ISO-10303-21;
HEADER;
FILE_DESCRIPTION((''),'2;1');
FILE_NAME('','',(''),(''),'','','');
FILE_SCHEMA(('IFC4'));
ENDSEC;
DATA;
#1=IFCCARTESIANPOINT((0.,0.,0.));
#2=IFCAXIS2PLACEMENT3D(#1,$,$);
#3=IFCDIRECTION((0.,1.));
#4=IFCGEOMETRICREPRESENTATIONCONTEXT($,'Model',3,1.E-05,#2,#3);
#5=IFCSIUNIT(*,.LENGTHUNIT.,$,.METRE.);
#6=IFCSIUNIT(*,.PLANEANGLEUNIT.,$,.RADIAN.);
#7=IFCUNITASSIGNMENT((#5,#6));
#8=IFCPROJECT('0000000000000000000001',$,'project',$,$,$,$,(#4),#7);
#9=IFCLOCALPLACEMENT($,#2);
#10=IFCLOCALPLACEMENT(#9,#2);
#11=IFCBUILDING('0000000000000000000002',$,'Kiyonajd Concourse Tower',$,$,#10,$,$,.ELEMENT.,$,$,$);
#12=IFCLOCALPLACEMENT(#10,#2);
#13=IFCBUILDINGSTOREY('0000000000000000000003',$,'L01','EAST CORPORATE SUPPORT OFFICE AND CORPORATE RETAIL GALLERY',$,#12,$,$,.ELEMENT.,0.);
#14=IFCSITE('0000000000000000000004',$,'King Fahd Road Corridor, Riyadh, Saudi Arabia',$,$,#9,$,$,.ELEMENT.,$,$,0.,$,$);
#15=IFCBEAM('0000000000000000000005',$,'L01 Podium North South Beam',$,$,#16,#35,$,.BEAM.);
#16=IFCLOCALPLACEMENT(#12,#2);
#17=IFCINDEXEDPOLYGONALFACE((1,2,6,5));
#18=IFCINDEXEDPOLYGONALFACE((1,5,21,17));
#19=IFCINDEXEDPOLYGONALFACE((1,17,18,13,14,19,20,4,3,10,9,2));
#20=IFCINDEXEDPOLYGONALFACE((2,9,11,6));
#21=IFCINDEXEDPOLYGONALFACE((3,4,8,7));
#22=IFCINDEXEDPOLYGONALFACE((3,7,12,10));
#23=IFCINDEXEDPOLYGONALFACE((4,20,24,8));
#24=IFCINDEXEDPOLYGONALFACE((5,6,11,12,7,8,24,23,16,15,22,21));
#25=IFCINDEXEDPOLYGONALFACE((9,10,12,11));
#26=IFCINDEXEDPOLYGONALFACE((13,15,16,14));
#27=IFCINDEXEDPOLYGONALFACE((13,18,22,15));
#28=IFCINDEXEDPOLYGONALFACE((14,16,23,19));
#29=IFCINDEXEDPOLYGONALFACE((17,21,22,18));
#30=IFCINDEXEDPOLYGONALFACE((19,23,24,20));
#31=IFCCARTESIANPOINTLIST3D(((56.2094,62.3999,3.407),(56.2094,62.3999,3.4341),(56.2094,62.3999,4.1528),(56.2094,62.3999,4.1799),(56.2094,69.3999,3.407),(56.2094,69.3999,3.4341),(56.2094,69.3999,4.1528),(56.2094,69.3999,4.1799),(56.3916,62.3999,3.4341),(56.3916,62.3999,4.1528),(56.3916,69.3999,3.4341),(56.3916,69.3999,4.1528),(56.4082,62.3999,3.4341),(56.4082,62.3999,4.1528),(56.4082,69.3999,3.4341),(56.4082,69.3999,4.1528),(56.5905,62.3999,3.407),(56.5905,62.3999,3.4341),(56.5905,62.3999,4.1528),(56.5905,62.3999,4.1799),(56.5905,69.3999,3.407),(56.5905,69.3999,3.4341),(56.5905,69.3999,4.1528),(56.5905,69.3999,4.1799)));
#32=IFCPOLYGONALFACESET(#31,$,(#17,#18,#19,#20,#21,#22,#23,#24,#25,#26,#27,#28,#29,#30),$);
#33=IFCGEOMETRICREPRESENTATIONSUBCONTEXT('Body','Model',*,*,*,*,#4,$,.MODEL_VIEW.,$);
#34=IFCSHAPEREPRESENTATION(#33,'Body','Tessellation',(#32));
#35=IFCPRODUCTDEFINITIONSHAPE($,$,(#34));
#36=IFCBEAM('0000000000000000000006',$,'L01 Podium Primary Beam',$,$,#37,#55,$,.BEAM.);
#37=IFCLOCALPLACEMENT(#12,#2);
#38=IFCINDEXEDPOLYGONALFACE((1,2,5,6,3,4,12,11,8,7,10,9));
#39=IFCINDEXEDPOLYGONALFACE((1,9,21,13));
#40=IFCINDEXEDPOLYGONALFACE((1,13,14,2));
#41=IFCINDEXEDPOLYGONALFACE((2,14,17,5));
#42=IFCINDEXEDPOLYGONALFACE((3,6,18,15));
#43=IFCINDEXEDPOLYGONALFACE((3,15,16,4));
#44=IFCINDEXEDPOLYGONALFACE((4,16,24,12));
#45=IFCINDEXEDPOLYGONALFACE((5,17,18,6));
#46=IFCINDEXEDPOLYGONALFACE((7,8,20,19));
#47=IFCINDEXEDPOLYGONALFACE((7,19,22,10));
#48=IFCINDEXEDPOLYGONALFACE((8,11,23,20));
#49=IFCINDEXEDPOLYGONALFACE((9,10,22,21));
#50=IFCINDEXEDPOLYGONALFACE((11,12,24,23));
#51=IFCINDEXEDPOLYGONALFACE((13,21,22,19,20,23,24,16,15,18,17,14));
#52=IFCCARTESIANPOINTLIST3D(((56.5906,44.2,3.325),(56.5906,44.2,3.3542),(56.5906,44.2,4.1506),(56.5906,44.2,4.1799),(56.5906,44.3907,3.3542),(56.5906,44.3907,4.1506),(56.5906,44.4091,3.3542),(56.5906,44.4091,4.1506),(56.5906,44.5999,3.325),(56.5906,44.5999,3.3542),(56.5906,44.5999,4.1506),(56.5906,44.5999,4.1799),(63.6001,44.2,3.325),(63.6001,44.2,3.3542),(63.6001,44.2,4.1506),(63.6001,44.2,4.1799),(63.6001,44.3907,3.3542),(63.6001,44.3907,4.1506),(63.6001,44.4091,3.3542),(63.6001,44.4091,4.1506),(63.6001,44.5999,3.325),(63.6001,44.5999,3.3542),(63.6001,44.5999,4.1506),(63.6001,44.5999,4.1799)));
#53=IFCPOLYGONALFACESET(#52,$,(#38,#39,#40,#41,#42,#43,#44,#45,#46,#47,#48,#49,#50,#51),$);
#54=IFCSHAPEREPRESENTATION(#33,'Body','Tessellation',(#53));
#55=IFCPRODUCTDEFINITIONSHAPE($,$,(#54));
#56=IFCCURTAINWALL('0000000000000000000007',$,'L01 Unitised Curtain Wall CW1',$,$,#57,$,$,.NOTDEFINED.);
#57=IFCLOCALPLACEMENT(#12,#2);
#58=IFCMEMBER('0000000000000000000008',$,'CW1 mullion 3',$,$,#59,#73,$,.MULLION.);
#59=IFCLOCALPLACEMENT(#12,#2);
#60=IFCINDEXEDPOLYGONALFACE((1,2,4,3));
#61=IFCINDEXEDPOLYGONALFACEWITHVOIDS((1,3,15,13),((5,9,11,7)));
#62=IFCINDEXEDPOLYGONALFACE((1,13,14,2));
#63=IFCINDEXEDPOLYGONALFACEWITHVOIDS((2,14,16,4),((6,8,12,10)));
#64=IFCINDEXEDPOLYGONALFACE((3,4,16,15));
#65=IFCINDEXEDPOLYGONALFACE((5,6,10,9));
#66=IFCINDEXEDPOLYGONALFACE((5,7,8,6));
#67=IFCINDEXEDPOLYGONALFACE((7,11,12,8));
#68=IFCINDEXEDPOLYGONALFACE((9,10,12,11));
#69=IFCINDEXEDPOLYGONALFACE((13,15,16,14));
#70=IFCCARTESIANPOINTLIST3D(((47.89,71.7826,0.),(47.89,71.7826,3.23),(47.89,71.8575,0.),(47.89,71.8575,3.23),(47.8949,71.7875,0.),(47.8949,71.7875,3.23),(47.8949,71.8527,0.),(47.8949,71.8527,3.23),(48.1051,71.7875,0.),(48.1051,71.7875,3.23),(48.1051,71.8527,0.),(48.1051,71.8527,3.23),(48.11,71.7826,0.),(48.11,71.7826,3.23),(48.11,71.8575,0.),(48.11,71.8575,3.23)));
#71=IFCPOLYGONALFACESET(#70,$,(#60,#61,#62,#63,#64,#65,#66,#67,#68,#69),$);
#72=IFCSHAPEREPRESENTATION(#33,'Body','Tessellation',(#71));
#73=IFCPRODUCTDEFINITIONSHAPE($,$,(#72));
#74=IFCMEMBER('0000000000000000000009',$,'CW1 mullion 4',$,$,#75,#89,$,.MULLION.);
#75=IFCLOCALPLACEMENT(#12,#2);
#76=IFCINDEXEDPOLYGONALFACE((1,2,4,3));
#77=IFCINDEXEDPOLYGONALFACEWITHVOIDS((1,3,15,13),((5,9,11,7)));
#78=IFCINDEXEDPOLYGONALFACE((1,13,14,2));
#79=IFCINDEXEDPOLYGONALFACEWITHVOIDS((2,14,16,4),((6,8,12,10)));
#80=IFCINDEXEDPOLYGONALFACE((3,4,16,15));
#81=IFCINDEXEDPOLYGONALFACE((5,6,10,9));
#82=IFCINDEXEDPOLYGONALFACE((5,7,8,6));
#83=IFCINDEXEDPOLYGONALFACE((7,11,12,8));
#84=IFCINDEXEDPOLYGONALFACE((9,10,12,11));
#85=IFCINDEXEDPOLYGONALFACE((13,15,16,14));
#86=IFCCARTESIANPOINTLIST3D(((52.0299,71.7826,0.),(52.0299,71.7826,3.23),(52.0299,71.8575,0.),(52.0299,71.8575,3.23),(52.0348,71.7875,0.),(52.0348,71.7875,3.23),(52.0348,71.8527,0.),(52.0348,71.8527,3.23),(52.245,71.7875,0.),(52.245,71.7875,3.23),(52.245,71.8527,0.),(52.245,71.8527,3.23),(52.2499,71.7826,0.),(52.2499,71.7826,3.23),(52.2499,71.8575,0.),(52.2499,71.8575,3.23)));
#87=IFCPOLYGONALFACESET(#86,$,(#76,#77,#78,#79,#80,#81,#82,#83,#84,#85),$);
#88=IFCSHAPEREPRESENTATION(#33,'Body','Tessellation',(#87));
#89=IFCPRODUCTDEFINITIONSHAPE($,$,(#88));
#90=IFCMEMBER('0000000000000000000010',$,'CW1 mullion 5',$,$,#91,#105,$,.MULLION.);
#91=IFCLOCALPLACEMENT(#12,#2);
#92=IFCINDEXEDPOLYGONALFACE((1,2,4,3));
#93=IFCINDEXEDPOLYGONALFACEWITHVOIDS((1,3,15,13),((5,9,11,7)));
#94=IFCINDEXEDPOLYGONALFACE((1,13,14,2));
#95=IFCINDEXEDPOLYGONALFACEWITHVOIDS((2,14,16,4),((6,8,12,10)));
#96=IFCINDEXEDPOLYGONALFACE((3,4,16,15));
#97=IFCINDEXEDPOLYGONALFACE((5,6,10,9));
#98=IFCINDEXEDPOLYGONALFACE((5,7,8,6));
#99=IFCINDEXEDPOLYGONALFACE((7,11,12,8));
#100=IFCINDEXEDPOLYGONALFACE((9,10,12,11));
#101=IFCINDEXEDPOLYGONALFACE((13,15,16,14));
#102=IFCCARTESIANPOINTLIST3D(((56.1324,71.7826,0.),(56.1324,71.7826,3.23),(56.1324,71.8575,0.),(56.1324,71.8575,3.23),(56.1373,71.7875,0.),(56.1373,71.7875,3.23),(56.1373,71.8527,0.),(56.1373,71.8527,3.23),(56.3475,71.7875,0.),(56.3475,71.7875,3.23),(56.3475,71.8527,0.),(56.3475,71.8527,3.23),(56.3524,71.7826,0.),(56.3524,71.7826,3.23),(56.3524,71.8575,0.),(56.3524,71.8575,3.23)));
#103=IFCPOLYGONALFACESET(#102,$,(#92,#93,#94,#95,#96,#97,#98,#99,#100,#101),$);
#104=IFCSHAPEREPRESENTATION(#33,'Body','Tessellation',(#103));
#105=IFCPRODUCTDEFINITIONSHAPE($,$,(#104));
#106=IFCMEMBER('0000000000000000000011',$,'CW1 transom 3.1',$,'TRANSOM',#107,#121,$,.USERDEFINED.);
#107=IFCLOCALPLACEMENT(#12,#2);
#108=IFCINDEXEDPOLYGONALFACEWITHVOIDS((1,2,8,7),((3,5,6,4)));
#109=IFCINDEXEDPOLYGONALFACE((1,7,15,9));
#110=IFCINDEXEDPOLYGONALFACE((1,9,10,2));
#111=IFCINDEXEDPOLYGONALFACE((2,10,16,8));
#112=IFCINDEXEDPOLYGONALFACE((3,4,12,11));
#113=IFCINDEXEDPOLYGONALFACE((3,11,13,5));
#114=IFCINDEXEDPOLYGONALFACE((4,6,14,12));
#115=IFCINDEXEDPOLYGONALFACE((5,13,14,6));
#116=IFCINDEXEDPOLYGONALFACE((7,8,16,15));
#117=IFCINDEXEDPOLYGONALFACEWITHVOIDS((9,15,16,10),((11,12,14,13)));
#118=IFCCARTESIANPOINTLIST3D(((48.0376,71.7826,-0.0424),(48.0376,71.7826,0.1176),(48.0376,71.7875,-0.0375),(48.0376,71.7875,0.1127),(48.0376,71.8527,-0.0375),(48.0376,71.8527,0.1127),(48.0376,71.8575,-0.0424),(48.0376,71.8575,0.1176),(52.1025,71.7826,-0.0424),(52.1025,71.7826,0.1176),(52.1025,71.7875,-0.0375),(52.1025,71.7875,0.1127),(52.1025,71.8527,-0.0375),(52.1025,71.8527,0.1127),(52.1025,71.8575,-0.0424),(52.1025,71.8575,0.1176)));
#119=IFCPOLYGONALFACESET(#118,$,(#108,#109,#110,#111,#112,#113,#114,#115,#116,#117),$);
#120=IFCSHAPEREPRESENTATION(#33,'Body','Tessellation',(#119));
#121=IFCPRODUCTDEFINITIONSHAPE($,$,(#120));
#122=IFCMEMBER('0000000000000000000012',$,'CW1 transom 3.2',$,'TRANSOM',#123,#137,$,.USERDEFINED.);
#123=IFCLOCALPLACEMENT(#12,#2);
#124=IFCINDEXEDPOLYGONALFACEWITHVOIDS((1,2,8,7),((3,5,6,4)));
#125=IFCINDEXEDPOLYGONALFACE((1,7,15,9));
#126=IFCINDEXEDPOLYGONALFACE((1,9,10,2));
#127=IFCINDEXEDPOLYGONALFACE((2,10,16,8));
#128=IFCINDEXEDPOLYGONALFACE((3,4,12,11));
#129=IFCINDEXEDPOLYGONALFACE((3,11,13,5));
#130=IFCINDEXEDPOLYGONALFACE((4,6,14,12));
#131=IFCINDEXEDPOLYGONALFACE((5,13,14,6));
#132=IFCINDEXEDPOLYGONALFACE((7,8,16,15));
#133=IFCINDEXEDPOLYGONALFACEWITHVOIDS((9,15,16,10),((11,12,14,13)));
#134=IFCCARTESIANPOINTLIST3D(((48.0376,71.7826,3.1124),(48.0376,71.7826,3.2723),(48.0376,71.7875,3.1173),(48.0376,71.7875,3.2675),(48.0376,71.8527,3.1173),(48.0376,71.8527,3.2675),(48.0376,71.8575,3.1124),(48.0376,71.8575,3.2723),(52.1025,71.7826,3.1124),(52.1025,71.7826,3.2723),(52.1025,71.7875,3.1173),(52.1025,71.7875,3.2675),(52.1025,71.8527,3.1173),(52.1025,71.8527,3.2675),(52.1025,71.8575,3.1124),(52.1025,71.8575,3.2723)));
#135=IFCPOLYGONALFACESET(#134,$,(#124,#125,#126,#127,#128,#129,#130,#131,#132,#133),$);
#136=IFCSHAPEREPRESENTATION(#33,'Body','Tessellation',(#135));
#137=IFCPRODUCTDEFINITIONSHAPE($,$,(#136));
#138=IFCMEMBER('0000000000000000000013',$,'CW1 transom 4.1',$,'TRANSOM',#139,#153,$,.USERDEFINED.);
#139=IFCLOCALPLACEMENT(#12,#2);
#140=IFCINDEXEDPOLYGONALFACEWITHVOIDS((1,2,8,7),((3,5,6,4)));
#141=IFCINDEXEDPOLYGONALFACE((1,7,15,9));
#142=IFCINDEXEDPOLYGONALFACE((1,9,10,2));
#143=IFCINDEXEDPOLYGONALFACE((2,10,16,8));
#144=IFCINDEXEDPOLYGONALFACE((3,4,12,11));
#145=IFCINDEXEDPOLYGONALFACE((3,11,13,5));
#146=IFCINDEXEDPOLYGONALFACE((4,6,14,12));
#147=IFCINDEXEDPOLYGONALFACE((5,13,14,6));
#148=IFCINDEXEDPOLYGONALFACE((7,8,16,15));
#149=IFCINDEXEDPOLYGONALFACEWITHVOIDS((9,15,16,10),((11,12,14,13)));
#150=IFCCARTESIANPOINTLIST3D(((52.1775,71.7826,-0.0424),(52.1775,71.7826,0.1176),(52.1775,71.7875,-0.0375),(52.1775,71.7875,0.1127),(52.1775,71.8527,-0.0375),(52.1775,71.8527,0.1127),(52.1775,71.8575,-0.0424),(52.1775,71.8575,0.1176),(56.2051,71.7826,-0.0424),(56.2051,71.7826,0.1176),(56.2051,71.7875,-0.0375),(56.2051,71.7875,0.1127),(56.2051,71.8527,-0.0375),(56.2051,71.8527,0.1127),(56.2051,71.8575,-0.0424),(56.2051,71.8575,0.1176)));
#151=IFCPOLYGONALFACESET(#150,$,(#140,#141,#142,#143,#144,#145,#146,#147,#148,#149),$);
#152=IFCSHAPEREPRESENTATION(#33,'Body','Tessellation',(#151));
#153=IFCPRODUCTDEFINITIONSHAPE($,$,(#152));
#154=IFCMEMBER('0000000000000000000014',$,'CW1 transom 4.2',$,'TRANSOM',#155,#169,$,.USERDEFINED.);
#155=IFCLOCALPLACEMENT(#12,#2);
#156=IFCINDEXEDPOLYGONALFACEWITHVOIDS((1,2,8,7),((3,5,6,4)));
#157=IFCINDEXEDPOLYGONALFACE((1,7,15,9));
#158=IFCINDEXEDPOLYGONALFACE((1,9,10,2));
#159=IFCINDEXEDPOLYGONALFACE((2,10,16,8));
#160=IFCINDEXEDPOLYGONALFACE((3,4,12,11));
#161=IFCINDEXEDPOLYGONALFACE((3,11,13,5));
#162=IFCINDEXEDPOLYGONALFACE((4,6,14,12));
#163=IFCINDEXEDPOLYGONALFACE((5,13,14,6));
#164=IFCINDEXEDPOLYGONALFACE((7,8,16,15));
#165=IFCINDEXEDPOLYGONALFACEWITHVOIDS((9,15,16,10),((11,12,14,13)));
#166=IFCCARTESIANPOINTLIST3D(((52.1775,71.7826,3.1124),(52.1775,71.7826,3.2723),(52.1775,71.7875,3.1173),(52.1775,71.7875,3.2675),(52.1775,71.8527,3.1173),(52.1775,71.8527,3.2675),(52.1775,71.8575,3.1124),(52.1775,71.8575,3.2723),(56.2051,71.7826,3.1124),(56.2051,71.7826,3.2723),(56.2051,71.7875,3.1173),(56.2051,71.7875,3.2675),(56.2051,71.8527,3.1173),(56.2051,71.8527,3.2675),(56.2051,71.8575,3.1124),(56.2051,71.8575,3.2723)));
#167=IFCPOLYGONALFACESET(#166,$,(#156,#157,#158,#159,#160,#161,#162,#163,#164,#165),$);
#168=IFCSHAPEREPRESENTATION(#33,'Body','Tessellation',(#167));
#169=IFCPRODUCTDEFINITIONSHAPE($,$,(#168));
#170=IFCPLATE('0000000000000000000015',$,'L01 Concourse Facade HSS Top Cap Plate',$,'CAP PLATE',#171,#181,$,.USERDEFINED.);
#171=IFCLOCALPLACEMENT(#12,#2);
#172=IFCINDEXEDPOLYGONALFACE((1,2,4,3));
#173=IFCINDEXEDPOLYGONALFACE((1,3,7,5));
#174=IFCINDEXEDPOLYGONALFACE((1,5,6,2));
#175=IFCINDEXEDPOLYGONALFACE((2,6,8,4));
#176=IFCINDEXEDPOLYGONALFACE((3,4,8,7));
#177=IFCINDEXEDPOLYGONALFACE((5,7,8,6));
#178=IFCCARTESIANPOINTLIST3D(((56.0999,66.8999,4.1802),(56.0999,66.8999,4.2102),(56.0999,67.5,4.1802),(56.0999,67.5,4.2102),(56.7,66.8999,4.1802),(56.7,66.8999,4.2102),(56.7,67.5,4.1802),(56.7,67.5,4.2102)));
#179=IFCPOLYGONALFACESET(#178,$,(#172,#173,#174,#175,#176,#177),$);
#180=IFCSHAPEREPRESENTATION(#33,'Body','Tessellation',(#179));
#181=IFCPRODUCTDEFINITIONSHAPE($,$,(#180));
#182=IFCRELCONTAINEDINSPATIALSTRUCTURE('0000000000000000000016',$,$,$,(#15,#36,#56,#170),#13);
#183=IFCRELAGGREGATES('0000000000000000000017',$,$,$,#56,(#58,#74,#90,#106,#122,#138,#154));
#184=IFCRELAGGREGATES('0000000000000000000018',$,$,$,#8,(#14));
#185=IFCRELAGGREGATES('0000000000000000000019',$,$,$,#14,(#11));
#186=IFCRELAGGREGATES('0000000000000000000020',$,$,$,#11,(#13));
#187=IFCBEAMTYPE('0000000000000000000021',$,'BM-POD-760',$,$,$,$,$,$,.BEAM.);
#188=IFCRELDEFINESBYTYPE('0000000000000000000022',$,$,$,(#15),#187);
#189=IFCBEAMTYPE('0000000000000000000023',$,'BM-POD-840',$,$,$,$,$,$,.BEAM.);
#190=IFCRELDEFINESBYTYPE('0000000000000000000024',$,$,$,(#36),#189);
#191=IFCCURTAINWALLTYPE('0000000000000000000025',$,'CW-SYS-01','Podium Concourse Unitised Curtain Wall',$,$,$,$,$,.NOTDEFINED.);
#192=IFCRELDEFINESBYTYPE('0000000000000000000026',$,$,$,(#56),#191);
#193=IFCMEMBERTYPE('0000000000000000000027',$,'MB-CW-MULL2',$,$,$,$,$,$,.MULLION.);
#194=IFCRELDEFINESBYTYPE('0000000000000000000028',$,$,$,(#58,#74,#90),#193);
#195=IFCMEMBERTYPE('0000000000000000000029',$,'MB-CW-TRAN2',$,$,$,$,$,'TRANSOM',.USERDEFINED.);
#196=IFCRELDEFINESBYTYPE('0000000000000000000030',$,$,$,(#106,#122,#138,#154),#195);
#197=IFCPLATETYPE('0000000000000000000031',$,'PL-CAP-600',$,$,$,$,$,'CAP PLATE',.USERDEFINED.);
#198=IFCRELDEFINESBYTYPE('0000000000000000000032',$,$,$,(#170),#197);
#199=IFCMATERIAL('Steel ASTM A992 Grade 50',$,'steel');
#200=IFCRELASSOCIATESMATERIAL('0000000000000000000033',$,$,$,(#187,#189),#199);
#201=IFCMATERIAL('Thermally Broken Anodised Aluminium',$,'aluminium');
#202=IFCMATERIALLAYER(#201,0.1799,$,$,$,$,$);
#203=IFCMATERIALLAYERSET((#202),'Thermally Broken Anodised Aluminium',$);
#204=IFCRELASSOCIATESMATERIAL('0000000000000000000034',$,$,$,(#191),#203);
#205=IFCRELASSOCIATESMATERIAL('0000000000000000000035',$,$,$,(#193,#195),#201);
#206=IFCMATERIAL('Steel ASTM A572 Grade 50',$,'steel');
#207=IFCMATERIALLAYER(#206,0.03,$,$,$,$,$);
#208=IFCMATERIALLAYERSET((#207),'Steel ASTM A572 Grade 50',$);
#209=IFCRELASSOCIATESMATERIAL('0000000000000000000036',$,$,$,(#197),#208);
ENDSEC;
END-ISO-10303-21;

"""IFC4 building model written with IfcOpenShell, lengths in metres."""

from ifc_helpers import new_model, si_unit, direction, frame, origin, origin_2d, place, context, subcontext, project, spatial, rectangle, hollow_rectangle, i_section, extrude, material, layer, layer_set, material_profile, profile_set, type_object, element, aggregate, save


model = new_model("IFC4")

# Units and contexts
model_context = context("Model", 3, precision=1e-05, world=origin(), true_north=direction((0.0, 1.0)))
body_context = subcontext(model_context, "Body", "Model", "MODEL_VIEW")
ifc_project = project(units=[si_unit("LENGTHUNIT", "METRE"), si_unit("PLANEANGLEUNIT", "RADIAN")], contexts=[model_context])

# Site, building, storey
site_placement = place(None, origin())
site = spatial("IfcSite", under=ifc_project, at=site_placement, Name="King Fahd Road Corridor, Riyadh, Saudi Arabia", CompositionType="ELEMENT", RefElevation=0.0)
building_placement = place(site_placement, origin())
building = spatial("IfcBuilding", under=site, at=building_placement, Name="Kiyonajd Concourse Tower", CompositionType="ELEMENT")
storey_placement = place(building_placement, origin())
storey = spatial("IfcBuildingStorey", under=building, at=storey_placement, Name="L01", Description="EAST CORPORATE SUPPORT OFFICE AND CORPORATE RETAIL GALLERY", CompositionType="ELEMENT", Elevation=0.0)

# Shared definitions
ifc_material_1 = material(Name="Steel ASTM A572 Grade 50", Category="steel")

# Beams
ifc_material_2 = material(Name="Steel ASTM A992 Grade 50", Category="steel")
ifc_material_profile_1 = material_profile(ifc_material_2, i_section(OverallWidth=0.3811, OverallDepth=0.7729, WebThickness=0.0166, FlangeThickness=0.0271, at=origin_2d()), Name="W760X257")
ifc_profile_set_1 = profile_set([ifc_material_profile_1], Name="Steel ASTM A992 Grade 50")
beam_type_1 = type_object("IfcBeamType", Name="BM-POD-760", PredefinedType="BEAM", material=ifc_profile_set_1)
beam_1_placement = place(storey_placement, frame((56.3999, 62.3999, 3.7935), z_axis=(0.0, 1.0, 0.0), x_axis=(-1.0, 0.0, 0.0)))
element("IfcBeam", 1, at=beam_1_placement, inside=storey, type_object=beam_type_1, Name="L01 Podium North South Beam", PredefinedType="BEAM", context=body_context, shape_type="SweptSolid", body=[
    extrude(i_section(OverallWidth=0.3811, OverallDepth=0.7729, WebThickness=0.0166, FlangeThickness=0.0271, at=origin_2d()), origin(), (0.0, 0.0, 1.0), 7.0),
])
ifc_material_profile_2 = material_profile(ifc_material_2, i_section(OverallWidth=0.3999, OverallDepth=0.855, WebThickness=0.0183, FlangeThickness=0.0293, at=origin_2d()), Name="W840X299")
ifc_profile_set_2 = profile_set([ifc_material_profile_2], Name="Steel ASTM A992 Grade 50")
beam_type_2 = type_object("IfcBeamType", Name="BM-POD-840", PredefinedType="BEAM", material=ifc_profile_set_2)
beam_2_placement = place(storey_placement, frame((56.5906, 44.3999, 3.7524), z_axis=(1.0, 0.0, 0.0), x_axis=(0.0, 1.0, 0.0)))
element("IfcBeam", 2, at=beam_2_placement, inside=storey, type_object=beam_type_2, Name="L01 Podium Primary Beam", PredefinedType="BEAM", context=body_context, shape_type="SweptSolid", body=[
    extrude(i_section(OverallWidth=0.3999, OverallDepth=0.855, WebThickness=0.0183, FlangeThickness=0.0293, at=origin_2d()), origin(), (0.0, 0.0, 1.0), 7.0095),
])

# Curtain wall, members
ifc_material_3 = material(Name="Thermally Broken Anodised Aluminium", Category="aluminium")
ifc_layer_1 = layer(ifc_material_3, 0.1799)
ifc_layer_set_1 = layer_set([ifc_layer_1], Name="Thermally Broken Anodised Aluminium")
curtain_wall_type = type_object("IfcCurtainWallType", Name="CW-SYS-01", Description="Podium Concourse Unitised Curtain Wall", PredefinedType="NOTDEFINED", material=ifc_layer_set_1)
curtain_wall_placement = place(storey_placement, origin())
curtain_wall = element("IfcCurtainWall", 3, at=curtain_wall_placement, inside=storey, type_object=curtain_wall_type, Name="L01 Unitised Curtain Wall CW1", PredefinedType="NOTDEFINED")
ifc_material_profile_3 = material_profile(ifc_material_3, hollow_rectangle(XDim=0.075, YDim=0.22, WallThickness=0.0049, at=origin_2d()), Name="MULL-75x220")
ifc_profile_set_3 = profile_set([ifc_material_profile_3], Name="Thermally Broken Anodised Aluminium")
member_type_1 = type_object("IfcMemberType", Name="MB-CW-MULL2", PredefinedType="MULLION", material=ifc_profile_set_3)
member_1_placement = place(storey_placement, frame((48.0, 71.8201, 0.0), z_axis=(0.0, 0.0, 1.0), x_axis=(0.0, 1.0, 0.0)))
member_1 = element("IfcMember", 4, at=member_1_placement, type_object=member_type_1, Name="CW1 mullion 3", PredefinedType="MULLION", context=body_context, shape_type="SweptSolid", body=[
    extrude(hollow_rectangle(XDim=0.075, YDim=0.22, WallThickness=0.0049, at=origin_2d()), origin(), (0.0, 0.0, 1.0), 3.23),
])
member_2_placement = place(storey_placement, frame((52.1399, 71.8201, 0.0), z_axis=(0.0, 0.0, 1.0), x_axis=(0.0, 1.0, 0.0)))
member_2 = element("IfcMember", 5, at=member_2_placement, type_object=member_type_1, Name="CW1 mullion 4", PredefinedType="MULLION", context=body_context, shape_type="SweptSolid", body=[
    extrude(hollow_rectangle(XDim=0.075, YDim=0.22, WallThickness=0.0049, at=origin_2d()), origin(), (0.0, 0.0, 1.0), 3.23),
])
member_3_placement = place(storey_placement, frame((56.2424, 71.8201, 0.0), z_axis=(0.0, 0.0, 1.0), x_axis=(0.0, 1.0, 0.0)))
member_3 = element("IfcMember", 6, at=member_3_placement, type_object=member_type_1, Name="CW1 mullion 5", PredefinedType="MULLION", context=body_context, shape_type="SweptSolid", body=[
    extrude(hollow_rectangle(XDim=0.075, YDim=0.22, WallThickness=0.0049, at=origin_2d()), origin(), (0.0, 0.0, 1.0), 3.23),
])
ifc_material_profile_4 = material_profile(ifc_material_3, hollow_rectangle(XDim=0.075, YDim=0.1599, WallThickness=0.0049, at=origin_2d()), Name="TRAN-75x160")
ifc_profile_set_4 = profile_set([ifc_material_profile_4], Name="Thermally Broken Anodised Aluminium")
member_type_2 = type_object("IfcMemberType", Name="MB-CW-TRAN2", ElementType="TRANSOM", PredefinedType="USERDEFINED", material=ifc_profile_set_4)
member_4_placement = place(storey_placement, frame((48.0376, 71.8201, 0.0376), z_axis=(1.0, 0.0, 0.0), x_axis=(0.0, 1.0, 0.0)))
member_4 = element("IfcMember", 7, at=member_4_placement, type_object=member_type_2, Name="CW1 transom 3.1", ObjectType="TRANSOM", PredefinedType="USERDEFINED", context=body_context, shape_type="SweptSolid", body=[
    extrude(hollow_rectangle(XDim=0.075, YDim=0.1599, WallThickness=0.0049, at=origin_2d()), origin(), (0.0, 0.0, 1.0), 4.0649),
])
member_5_placement = place(storey_placement, frame((48.0376, 71.8201, 3.1924), z_axis=(1.0, 0.0, 0.0), x_axis=(0.0, 1.0, 0.0)))
member_5 = element("IfcMember", 8, at=member_5_placement, type_object=member_type_2, Name="CW1 transom 3.2", ObjectType="TRANSOM", PredefinedType="USERDEFINED", context=body_context, shape_type="SweptSolid", body=[
    extrude(hollow_rectangle(XDim=0.075, YDim=0.1599, WallThickness=0.0049, at=origin_2d()), origin(), (0.0, 0.0, 1.0), 4.0649),
])
member_6_placement = place(storey_placement, frame((52.1775, 71.8201, 0.0376), z_axis=(1.0, 0.0, 0.0), x_axis=(0.0, 1.0, 0.0)))
member_6 = element("IfcMember", 9, at=member_6_placement, type_object=member_type_2, Name="CW1 transom 4.1", ObjectType="TRANSOM", PredefinedType="USERDEFINED", context=body_context, shape_type="SweptSolid", body=[
    extrude(hollow_rectangle(XDim=0.075, YDim=0.1599, WallThickness=0.0049, at=origin_2d()), origin(), (0.0, 0.0, 1.0), 4.0276),
])
member_7_placement = place(storey_placement, frame((52.1775, 71.8201, 3.1924), z_axis=(1.0, 0.0, 0.0), x_axis=(0.0, 1.0, 0.0)))
member_7 = element("IfcMember", 10, at=member_7_placement, type_object=member_type_2, Name="CW1 transom 4.2", ObjectType="TRANSOM", PredefinedType="USERDEFINED", context=body_context, shape_type="SweptSolid", body=[
    extrude(hollow_rectangle(XDim=0.075, YDim=0.1599, WallThickness=0.0049, at=origin_2d()), origin(), (0.0, 0.0, 1.0), 4.0276),
])

# Plate
ifc_layer_2 = layer(ifc_material_1, 0.03)
ifc_layer_set_2 = layer_set([ifc_layer_2], Name="Steel ASTM A572 Grade 50")
plate_type_1 = type_object("IfcPlateType", Name="PL-CAP-600", ElementType="CAP PLATE", PredefinedType="USERDEFINED", material=ifc_layer_set_2)
plate_1_placement = place(storey_placement, frame((56.3999, 67.2, 4.1802), z_axis=(0.0, 0.0, 1.0), x_axis=(1.0, 0.0, 0.0)))
element("IfcPlate", 11, at=plate_1_placement, inside=storey, type_object=plate_type_1, Name="L01 Concourse Facade HSS Top Cap Plate", ObjectType="CAP PLATE", PredefinedType="USERDEFINED", context=body_context, shape_type="SweptSolid", body=[
    extrude(rectangle(XDim=0.6001, YDim=0.6001, at=origin_2d()), origin(), (0.0, 0.0, 1.0), 0.03),
])
aggregate(curtain_wall, [member_1, member_2, member_3, member_4, member_5, member_6, member_7])

save(model, "model.ifc")
